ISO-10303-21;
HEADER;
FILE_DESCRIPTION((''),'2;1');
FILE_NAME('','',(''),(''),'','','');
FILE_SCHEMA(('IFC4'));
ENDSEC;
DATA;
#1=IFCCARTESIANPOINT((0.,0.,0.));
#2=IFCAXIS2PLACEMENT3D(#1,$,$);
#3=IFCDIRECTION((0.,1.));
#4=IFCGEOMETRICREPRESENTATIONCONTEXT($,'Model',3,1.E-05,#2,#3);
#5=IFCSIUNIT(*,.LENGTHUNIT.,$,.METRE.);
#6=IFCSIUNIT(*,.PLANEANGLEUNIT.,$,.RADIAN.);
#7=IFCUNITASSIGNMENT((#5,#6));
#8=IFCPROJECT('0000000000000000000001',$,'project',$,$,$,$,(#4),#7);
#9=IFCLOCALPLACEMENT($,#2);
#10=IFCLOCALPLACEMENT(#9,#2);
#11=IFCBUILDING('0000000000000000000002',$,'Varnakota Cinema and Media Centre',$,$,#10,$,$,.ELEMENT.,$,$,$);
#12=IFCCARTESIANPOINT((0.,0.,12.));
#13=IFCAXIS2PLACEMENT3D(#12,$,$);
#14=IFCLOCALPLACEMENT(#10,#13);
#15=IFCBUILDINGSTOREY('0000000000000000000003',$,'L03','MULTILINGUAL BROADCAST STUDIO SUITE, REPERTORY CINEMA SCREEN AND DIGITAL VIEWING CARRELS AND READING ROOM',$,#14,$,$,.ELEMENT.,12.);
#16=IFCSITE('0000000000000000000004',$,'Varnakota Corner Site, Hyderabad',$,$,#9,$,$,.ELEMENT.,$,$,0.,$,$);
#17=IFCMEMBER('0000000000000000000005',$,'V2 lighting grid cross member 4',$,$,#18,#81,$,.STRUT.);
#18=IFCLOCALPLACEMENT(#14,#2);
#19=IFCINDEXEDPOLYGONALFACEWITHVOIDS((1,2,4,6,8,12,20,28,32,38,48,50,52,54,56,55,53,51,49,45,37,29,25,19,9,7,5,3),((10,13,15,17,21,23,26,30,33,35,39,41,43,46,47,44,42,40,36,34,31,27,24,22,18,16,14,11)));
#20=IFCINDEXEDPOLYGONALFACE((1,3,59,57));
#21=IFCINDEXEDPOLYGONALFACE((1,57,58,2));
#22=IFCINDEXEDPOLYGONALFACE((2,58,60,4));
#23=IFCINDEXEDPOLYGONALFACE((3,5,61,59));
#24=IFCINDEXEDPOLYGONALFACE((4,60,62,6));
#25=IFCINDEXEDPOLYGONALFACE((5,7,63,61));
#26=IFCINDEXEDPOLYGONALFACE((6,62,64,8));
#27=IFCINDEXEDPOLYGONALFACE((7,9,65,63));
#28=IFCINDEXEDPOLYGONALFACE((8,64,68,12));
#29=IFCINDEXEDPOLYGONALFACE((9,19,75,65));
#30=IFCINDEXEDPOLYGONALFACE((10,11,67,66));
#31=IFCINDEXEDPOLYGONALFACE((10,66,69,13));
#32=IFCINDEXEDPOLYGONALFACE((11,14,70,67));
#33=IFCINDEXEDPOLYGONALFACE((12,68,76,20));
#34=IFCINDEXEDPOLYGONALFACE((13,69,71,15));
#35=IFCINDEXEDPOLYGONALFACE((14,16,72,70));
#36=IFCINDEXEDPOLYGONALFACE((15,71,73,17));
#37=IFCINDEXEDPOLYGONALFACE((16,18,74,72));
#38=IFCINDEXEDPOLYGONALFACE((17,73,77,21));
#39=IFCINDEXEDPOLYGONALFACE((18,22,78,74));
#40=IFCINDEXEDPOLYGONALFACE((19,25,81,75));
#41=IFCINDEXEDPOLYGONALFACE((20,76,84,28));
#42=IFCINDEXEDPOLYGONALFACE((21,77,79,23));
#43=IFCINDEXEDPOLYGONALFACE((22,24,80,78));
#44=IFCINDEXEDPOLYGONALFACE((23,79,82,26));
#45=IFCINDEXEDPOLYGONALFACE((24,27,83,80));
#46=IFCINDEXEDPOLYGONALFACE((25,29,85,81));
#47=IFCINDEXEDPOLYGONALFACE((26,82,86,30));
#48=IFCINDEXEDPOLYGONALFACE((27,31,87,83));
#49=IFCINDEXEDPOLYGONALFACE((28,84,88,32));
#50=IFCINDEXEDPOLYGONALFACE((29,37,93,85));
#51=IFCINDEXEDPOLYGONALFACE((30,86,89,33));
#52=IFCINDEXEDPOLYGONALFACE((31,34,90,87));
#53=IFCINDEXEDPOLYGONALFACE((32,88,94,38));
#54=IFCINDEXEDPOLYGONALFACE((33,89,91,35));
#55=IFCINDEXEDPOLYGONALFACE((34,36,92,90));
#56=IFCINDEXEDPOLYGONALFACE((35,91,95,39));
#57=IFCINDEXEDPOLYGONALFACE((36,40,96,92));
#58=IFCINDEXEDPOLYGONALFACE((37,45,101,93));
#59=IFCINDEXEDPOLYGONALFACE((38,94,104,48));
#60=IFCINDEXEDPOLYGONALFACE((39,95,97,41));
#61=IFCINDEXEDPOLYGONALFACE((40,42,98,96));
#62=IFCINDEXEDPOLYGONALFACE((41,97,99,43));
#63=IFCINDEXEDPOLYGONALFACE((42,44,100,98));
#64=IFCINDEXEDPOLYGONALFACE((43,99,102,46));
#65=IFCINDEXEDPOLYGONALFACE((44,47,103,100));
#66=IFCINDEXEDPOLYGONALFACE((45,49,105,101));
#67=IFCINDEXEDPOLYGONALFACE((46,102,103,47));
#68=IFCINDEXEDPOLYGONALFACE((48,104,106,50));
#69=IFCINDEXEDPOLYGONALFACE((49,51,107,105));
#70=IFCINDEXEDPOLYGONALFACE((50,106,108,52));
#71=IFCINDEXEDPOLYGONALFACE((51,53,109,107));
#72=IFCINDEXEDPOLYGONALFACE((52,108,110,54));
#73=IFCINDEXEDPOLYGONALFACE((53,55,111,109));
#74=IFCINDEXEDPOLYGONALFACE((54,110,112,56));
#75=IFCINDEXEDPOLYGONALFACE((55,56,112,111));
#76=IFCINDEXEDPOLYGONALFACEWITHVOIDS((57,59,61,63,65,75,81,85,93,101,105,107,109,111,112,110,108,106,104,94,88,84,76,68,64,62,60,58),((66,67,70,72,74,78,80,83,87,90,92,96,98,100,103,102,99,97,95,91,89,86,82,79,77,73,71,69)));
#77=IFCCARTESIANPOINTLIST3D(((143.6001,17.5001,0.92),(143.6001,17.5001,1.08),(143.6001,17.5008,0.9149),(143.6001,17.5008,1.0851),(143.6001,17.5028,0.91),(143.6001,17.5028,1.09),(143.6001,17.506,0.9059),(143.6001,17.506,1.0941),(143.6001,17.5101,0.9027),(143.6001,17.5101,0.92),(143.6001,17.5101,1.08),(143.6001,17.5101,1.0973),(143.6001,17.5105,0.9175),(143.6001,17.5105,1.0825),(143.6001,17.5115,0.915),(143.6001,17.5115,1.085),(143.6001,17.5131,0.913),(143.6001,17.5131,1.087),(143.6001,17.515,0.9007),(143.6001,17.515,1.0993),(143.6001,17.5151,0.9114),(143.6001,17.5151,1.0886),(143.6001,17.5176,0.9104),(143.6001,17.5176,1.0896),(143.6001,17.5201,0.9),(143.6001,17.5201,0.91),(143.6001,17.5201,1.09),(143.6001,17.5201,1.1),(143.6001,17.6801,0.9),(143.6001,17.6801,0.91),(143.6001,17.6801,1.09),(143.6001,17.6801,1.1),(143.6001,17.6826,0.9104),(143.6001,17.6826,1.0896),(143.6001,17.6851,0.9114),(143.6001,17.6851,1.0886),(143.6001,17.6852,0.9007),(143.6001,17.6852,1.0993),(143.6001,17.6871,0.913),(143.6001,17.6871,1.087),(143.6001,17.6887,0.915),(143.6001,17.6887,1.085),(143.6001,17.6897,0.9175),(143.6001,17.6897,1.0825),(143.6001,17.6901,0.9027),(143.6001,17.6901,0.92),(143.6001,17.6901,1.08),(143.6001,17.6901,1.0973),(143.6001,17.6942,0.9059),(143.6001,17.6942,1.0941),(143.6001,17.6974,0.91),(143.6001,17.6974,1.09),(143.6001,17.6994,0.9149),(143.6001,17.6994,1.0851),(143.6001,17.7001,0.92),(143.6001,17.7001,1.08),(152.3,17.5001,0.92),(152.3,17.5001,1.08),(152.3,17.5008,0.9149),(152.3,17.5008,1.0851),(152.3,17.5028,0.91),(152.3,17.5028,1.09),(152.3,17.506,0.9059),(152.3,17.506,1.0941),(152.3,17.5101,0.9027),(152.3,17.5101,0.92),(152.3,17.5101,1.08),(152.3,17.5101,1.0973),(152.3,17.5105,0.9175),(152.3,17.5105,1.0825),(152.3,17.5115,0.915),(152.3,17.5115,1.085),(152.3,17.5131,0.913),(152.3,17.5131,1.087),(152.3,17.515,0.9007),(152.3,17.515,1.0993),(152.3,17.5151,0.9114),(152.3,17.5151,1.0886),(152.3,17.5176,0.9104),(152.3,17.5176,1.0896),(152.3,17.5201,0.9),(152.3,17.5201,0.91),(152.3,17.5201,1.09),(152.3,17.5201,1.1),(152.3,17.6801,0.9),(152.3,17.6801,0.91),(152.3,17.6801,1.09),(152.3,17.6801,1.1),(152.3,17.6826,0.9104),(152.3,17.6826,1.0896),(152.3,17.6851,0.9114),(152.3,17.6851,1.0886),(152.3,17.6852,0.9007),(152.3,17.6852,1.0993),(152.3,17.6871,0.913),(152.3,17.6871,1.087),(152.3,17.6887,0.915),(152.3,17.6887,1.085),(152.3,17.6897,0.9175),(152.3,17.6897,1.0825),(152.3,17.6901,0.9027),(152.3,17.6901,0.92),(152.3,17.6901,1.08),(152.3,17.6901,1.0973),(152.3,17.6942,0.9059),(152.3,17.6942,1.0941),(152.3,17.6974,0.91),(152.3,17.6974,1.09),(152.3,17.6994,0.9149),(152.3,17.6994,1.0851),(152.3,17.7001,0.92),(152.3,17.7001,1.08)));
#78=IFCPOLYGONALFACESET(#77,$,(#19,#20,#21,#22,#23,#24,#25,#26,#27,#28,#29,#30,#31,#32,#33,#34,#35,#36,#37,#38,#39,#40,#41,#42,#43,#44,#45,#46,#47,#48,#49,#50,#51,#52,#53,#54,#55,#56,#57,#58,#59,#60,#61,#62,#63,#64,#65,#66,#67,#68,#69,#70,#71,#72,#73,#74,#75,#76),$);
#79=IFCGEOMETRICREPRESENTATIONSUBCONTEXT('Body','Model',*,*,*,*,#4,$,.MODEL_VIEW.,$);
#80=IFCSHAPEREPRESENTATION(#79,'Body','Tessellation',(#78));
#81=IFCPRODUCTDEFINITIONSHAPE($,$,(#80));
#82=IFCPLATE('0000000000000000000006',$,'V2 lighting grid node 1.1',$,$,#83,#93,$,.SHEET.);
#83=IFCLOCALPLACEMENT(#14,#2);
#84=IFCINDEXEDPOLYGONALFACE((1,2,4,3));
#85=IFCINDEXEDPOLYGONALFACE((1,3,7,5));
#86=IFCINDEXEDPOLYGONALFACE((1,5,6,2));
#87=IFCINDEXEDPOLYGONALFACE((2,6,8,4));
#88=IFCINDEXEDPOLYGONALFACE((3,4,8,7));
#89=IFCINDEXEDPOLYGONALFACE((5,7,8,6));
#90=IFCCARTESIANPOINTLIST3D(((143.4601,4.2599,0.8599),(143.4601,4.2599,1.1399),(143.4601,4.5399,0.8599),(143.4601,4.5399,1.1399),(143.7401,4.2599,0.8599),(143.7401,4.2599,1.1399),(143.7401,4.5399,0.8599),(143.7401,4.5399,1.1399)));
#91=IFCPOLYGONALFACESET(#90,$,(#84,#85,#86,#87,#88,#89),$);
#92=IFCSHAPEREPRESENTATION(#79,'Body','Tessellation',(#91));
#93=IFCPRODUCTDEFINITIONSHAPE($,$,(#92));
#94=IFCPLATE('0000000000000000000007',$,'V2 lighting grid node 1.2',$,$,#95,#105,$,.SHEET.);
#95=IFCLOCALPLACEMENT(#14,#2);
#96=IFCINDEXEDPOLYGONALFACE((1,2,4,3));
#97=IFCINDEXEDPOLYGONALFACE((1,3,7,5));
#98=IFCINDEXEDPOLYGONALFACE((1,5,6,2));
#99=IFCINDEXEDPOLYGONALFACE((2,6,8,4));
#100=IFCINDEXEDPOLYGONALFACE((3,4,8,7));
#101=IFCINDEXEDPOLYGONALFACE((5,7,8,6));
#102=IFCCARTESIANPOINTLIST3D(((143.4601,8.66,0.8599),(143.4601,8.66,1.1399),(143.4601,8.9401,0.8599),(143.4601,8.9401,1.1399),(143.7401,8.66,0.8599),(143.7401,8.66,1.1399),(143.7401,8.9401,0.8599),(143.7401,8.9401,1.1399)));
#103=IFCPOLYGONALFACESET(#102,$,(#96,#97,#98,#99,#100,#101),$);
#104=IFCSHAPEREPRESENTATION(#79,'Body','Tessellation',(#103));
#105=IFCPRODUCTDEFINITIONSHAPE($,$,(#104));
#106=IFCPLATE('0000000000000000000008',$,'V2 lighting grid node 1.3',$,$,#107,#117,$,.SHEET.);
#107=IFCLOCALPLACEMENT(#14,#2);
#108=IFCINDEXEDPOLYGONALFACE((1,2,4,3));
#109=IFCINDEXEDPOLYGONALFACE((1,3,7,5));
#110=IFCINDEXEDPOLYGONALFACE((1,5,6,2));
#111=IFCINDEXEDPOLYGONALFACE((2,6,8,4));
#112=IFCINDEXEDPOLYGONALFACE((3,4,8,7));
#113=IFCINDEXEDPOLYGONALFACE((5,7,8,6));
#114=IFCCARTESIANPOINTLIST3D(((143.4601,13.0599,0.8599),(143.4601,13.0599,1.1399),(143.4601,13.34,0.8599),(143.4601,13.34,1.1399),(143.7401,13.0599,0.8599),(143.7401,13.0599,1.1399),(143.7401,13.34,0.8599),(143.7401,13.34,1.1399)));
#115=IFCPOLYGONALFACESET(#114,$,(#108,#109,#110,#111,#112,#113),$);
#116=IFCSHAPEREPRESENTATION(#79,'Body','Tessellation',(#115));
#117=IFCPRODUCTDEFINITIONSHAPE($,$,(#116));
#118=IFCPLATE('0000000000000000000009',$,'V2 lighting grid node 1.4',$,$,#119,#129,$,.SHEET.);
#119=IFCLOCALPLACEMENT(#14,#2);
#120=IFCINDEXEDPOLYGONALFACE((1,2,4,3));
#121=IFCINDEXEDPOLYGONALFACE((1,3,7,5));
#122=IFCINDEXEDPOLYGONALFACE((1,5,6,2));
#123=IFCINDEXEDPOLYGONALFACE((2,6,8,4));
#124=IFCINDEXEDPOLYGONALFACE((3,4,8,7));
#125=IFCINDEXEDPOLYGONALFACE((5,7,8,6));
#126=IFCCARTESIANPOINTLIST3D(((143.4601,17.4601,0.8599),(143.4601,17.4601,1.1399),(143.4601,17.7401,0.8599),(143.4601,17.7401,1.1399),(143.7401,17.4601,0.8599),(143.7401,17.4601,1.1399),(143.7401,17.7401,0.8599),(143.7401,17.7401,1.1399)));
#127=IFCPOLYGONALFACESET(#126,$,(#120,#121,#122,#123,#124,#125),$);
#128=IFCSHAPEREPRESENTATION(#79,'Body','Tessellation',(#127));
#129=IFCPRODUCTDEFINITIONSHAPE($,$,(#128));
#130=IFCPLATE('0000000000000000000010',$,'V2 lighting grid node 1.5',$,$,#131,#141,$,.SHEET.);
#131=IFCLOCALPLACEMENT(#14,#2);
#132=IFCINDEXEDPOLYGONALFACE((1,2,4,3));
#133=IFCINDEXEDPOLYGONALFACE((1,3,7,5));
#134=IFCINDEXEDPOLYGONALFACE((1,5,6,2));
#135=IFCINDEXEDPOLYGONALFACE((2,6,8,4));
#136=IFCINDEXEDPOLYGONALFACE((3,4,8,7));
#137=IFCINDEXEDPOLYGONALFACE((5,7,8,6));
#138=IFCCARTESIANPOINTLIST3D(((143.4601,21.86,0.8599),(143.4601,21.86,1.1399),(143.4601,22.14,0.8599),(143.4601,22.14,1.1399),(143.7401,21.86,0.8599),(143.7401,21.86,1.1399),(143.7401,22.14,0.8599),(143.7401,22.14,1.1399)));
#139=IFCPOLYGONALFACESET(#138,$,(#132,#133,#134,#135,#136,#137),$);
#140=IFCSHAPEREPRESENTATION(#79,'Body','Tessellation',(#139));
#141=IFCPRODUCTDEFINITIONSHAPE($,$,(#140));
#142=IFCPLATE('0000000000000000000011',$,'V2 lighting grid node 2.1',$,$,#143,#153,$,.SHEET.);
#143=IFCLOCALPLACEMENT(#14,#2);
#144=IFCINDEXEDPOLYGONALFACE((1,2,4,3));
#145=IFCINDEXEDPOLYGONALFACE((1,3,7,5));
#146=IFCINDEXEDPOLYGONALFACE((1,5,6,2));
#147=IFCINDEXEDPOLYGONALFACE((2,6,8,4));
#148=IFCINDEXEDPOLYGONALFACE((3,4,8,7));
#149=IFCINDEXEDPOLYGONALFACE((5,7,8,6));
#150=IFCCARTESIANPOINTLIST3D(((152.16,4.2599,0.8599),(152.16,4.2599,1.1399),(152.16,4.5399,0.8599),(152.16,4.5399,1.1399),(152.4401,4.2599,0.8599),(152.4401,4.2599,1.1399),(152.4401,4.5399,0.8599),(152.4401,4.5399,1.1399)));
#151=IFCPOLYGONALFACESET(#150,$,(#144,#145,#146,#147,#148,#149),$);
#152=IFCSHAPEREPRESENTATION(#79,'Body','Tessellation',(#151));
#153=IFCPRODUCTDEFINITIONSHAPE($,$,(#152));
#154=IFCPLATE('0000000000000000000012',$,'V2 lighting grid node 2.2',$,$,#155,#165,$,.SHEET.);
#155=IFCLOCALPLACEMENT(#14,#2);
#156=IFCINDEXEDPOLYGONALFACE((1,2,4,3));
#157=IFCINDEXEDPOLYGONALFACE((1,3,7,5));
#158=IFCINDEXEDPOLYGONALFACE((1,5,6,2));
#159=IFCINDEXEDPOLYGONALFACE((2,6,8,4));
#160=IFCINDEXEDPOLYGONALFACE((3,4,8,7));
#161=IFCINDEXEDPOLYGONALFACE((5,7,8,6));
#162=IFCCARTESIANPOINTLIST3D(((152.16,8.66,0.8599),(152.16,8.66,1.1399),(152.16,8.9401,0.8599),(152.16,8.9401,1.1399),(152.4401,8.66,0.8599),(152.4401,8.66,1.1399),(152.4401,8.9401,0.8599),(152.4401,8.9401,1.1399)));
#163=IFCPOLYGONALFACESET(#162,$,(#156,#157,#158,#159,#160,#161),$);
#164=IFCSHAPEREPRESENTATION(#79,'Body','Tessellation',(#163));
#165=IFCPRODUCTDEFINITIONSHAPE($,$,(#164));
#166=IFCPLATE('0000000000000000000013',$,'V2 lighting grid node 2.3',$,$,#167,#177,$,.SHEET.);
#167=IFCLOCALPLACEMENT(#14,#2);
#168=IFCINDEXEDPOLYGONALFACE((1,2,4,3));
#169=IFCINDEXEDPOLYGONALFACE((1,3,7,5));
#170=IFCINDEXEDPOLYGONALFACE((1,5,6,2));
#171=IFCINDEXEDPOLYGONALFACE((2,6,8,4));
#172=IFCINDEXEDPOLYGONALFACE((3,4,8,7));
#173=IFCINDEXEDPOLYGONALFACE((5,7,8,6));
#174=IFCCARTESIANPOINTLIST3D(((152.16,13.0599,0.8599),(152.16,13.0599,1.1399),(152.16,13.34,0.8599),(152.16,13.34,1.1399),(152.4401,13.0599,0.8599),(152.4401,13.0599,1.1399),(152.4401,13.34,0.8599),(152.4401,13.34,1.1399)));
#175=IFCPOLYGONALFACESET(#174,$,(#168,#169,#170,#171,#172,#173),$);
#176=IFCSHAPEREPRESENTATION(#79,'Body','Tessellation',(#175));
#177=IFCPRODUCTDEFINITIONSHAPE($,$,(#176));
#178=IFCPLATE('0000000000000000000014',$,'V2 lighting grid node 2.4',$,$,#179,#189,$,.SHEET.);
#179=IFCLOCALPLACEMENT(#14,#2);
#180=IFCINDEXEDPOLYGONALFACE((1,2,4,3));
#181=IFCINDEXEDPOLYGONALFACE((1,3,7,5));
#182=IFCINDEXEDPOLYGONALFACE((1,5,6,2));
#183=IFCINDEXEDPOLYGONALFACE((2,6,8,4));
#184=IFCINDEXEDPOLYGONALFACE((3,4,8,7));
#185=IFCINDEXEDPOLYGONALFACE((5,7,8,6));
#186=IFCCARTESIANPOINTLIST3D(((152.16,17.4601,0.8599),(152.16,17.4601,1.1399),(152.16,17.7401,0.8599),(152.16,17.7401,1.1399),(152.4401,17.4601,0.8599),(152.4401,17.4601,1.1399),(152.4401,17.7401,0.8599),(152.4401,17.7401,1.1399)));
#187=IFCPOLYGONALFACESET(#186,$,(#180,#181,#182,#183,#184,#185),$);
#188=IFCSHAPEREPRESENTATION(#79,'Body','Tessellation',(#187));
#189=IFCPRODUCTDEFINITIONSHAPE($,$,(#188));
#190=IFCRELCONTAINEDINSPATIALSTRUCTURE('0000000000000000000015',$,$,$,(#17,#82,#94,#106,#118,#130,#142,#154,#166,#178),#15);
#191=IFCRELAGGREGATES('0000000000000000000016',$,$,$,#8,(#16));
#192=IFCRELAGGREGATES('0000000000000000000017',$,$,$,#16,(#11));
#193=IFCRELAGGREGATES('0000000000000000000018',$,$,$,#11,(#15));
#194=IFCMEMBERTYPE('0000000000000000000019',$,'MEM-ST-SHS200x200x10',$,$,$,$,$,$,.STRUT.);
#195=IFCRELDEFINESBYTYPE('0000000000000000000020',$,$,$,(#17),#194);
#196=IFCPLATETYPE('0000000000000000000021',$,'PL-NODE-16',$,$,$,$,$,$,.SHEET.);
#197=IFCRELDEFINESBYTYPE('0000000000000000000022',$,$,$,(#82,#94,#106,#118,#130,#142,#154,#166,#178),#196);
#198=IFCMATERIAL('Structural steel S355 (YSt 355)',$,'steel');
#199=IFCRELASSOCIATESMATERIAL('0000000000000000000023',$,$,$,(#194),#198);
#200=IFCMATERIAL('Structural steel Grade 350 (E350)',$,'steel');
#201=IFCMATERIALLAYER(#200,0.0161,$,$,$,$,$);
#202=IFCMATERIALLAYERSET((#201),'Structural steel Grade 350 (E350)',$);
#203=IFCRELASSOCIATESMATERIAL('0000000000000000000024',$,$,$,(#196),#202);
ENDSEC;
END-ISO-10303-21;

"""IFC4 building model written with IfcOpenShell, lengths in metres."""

from ifc_helpers import new_model, si_unit, direction, frame, origin, origin_2d, place, context, subcontext, project, spatial, rectangle, hollow_rectangle, extrude, material, layer, layer_set, material_profile, profile_set, type_object, element, save


model = new_model("IFC4")

# Units and contexts
model_context = context("Model", 3, precision=1e-05, world=origin(), true_north=direction((0.0, 1.0)))
body_context = subcontext(model_context, "Body", "Model", "MODEL_VIEW")
ifc_project = project(units=[si_unit("LENGTHUNIT", "METRE"), si_unit("PLANEANGLEUNIT", "RADIAN")], contexts=[model_context])

# Site, building, storey
site_placement = place(None, origin())
site = spatial("IfcSite", under=ifc_project, at=site_placement, Name="Varnakota Corner Site, Hyderabad", CompositionType="ELEMENT", RefElevation=0.0)
building_placement = place(site_placement, origin())
building = spatial("IfcBuilding", under=site, at=building_placement, Name="Varnakota Cinema and Media Centre", CompositionType="ELEMENT")
storey_placement = place(building_placement, frame((0.0, 0.0, 12.0)))
storey = spatial("IfcBuildingStorey", under=building, at=storey_placement, Name="L03", Description="MULTILINGUAL BROADCAST STUDIO SUITE, REPERTORY CINEMA SCREEN AND DIGITAL VIEWING CARRELS AND READING ROOM", CompositionType="ELEMENT", Elevation=12.0)

# Member
ifc_material_1 = material(Name="Structural steel S355 (YSt 355)", Category="steel")
ifc_material_profile_1 = material_profile(ifc_material_1, hollow_rectangle(XDim=0.2, YDim=0.2, WallThickness=0.01, InnerFilletRadius=0.01, OuterFilletRadius=0.02, at=origin_2d()), Name="SHS 200x200x10")
ifc_profile_set_1 = profile_set([ifc_material_profile_1], Name="Structural steel S355 (YSt 355)")
member_type_1 = type_object("IfcMemberType", Name="MEM-ST-SHS200x200x10", PredefinedType="STRUT", material=ifc_profile_set_1)
member_1_placement = place(storey_placement, frame((143.6001, 17.6001, 1.0), z_axis=(1.0, 0.0, 0.0), x_axis=(0.0, 1.0, 0.0)))
element("IfcMember", 1, at=member_1_placement, inside=storey, type_object=member_type_1, Name="V2 lighting grid cross member 4", PredefinedType="STRUT", context=body_context, shape_type="SweptSolid", body=[
    extrude(hollow_rectangle(XDim=0.2, YDim=0.2, WallThickness=0.01, InnerFilletRadius=0.01, OuterFilletRadius=0.02, at=origin_2d()), origin(), (0.0, 0.0, 1.0), 8.7),
])

# Plates
ifc_material_2 = material(Name="Structural steel Grade 350 (E350)", Category="steel")
ifc_layer_1 = layer(ifc_material_2, 0.0161)
ifc_layer_set_1 = layer_set([ifc_layer_1], Name="Structural steel Grade 350 (E350)")
plate_type = type_object("IfcPlateType", Name="PL-NODE-16", PredefinedType="SHEET", material=ifc_layer_set_1)
for number, where, z_axis, x_axis, name in (
    (2, (143.6001, 4.3999, 0.8599), (0.0, 0.0, 1.0), (1.0, 0.0, 0.0), "V2 lighting grid node 1.1"),
    (3, (143.6001, 8.8, 0.8599), (0.0, 0.0, 1.0), (1.0, 0.0, 0.0), "V2 lighting grid node 1.2"),
    (4, (143.6001, 13.2, 0.8599), (0.0, 0.0, 1.0), (1.0, 0.0, 0.0), "V2 lighting grid node 1.3"),
    (5, (143.6001, 17.6001, 0.8599), (0.0, 0.0, 1.0), (1.0, 0.0, 0.0), "V2 lighting grid node 1.4"),
    (6, (143.6001, 22.0, 0.8599), (0.0, 0.0, 1.0), (1.0, 0.0, 0.0), "V2 lighting grid node 1.5"),
    (7, (152.3, 4.3999, 0.8599), (0.0, 0.0, 1.0), (1.0, 0.0, 0.0), "V2 lighting grid node 2.1"),
    (8, (152.3, 8.8, 0.8599), (0.0, 0.0, 1.0), (1.0, 0.0, 0.0), "V2 lighting grid node 2.2"),
    (9, (152.3, 13.2, 0.8599), (0.0, 0.0, 1.0), (1.0, 0.0, 0.0), "V2 lighting grid node 2.3"),
    (10, (152.3, 17.6001, 0.8599), (0.0, 0.0, 1.0), (1.0, 0.0, 0.0), "V2 lighting grid node 2.4"),
):
    element("IfcPlate", number, at=place(storey_placement, frame(where, z_axis=z_axis, x_axis=x_axis)), inside=storey, type_object=plate_type, Name=name, PredefinedType="SHEET", context=body_context, shape_type="SweptSolid", body=[
        extrude(rectangle(XDim=0.28, YDim=0.28, at=origin_2d()), origin(), (0.0, 0.0, 1.0), 0.28),
    ])

save(model, "model.ifc")
